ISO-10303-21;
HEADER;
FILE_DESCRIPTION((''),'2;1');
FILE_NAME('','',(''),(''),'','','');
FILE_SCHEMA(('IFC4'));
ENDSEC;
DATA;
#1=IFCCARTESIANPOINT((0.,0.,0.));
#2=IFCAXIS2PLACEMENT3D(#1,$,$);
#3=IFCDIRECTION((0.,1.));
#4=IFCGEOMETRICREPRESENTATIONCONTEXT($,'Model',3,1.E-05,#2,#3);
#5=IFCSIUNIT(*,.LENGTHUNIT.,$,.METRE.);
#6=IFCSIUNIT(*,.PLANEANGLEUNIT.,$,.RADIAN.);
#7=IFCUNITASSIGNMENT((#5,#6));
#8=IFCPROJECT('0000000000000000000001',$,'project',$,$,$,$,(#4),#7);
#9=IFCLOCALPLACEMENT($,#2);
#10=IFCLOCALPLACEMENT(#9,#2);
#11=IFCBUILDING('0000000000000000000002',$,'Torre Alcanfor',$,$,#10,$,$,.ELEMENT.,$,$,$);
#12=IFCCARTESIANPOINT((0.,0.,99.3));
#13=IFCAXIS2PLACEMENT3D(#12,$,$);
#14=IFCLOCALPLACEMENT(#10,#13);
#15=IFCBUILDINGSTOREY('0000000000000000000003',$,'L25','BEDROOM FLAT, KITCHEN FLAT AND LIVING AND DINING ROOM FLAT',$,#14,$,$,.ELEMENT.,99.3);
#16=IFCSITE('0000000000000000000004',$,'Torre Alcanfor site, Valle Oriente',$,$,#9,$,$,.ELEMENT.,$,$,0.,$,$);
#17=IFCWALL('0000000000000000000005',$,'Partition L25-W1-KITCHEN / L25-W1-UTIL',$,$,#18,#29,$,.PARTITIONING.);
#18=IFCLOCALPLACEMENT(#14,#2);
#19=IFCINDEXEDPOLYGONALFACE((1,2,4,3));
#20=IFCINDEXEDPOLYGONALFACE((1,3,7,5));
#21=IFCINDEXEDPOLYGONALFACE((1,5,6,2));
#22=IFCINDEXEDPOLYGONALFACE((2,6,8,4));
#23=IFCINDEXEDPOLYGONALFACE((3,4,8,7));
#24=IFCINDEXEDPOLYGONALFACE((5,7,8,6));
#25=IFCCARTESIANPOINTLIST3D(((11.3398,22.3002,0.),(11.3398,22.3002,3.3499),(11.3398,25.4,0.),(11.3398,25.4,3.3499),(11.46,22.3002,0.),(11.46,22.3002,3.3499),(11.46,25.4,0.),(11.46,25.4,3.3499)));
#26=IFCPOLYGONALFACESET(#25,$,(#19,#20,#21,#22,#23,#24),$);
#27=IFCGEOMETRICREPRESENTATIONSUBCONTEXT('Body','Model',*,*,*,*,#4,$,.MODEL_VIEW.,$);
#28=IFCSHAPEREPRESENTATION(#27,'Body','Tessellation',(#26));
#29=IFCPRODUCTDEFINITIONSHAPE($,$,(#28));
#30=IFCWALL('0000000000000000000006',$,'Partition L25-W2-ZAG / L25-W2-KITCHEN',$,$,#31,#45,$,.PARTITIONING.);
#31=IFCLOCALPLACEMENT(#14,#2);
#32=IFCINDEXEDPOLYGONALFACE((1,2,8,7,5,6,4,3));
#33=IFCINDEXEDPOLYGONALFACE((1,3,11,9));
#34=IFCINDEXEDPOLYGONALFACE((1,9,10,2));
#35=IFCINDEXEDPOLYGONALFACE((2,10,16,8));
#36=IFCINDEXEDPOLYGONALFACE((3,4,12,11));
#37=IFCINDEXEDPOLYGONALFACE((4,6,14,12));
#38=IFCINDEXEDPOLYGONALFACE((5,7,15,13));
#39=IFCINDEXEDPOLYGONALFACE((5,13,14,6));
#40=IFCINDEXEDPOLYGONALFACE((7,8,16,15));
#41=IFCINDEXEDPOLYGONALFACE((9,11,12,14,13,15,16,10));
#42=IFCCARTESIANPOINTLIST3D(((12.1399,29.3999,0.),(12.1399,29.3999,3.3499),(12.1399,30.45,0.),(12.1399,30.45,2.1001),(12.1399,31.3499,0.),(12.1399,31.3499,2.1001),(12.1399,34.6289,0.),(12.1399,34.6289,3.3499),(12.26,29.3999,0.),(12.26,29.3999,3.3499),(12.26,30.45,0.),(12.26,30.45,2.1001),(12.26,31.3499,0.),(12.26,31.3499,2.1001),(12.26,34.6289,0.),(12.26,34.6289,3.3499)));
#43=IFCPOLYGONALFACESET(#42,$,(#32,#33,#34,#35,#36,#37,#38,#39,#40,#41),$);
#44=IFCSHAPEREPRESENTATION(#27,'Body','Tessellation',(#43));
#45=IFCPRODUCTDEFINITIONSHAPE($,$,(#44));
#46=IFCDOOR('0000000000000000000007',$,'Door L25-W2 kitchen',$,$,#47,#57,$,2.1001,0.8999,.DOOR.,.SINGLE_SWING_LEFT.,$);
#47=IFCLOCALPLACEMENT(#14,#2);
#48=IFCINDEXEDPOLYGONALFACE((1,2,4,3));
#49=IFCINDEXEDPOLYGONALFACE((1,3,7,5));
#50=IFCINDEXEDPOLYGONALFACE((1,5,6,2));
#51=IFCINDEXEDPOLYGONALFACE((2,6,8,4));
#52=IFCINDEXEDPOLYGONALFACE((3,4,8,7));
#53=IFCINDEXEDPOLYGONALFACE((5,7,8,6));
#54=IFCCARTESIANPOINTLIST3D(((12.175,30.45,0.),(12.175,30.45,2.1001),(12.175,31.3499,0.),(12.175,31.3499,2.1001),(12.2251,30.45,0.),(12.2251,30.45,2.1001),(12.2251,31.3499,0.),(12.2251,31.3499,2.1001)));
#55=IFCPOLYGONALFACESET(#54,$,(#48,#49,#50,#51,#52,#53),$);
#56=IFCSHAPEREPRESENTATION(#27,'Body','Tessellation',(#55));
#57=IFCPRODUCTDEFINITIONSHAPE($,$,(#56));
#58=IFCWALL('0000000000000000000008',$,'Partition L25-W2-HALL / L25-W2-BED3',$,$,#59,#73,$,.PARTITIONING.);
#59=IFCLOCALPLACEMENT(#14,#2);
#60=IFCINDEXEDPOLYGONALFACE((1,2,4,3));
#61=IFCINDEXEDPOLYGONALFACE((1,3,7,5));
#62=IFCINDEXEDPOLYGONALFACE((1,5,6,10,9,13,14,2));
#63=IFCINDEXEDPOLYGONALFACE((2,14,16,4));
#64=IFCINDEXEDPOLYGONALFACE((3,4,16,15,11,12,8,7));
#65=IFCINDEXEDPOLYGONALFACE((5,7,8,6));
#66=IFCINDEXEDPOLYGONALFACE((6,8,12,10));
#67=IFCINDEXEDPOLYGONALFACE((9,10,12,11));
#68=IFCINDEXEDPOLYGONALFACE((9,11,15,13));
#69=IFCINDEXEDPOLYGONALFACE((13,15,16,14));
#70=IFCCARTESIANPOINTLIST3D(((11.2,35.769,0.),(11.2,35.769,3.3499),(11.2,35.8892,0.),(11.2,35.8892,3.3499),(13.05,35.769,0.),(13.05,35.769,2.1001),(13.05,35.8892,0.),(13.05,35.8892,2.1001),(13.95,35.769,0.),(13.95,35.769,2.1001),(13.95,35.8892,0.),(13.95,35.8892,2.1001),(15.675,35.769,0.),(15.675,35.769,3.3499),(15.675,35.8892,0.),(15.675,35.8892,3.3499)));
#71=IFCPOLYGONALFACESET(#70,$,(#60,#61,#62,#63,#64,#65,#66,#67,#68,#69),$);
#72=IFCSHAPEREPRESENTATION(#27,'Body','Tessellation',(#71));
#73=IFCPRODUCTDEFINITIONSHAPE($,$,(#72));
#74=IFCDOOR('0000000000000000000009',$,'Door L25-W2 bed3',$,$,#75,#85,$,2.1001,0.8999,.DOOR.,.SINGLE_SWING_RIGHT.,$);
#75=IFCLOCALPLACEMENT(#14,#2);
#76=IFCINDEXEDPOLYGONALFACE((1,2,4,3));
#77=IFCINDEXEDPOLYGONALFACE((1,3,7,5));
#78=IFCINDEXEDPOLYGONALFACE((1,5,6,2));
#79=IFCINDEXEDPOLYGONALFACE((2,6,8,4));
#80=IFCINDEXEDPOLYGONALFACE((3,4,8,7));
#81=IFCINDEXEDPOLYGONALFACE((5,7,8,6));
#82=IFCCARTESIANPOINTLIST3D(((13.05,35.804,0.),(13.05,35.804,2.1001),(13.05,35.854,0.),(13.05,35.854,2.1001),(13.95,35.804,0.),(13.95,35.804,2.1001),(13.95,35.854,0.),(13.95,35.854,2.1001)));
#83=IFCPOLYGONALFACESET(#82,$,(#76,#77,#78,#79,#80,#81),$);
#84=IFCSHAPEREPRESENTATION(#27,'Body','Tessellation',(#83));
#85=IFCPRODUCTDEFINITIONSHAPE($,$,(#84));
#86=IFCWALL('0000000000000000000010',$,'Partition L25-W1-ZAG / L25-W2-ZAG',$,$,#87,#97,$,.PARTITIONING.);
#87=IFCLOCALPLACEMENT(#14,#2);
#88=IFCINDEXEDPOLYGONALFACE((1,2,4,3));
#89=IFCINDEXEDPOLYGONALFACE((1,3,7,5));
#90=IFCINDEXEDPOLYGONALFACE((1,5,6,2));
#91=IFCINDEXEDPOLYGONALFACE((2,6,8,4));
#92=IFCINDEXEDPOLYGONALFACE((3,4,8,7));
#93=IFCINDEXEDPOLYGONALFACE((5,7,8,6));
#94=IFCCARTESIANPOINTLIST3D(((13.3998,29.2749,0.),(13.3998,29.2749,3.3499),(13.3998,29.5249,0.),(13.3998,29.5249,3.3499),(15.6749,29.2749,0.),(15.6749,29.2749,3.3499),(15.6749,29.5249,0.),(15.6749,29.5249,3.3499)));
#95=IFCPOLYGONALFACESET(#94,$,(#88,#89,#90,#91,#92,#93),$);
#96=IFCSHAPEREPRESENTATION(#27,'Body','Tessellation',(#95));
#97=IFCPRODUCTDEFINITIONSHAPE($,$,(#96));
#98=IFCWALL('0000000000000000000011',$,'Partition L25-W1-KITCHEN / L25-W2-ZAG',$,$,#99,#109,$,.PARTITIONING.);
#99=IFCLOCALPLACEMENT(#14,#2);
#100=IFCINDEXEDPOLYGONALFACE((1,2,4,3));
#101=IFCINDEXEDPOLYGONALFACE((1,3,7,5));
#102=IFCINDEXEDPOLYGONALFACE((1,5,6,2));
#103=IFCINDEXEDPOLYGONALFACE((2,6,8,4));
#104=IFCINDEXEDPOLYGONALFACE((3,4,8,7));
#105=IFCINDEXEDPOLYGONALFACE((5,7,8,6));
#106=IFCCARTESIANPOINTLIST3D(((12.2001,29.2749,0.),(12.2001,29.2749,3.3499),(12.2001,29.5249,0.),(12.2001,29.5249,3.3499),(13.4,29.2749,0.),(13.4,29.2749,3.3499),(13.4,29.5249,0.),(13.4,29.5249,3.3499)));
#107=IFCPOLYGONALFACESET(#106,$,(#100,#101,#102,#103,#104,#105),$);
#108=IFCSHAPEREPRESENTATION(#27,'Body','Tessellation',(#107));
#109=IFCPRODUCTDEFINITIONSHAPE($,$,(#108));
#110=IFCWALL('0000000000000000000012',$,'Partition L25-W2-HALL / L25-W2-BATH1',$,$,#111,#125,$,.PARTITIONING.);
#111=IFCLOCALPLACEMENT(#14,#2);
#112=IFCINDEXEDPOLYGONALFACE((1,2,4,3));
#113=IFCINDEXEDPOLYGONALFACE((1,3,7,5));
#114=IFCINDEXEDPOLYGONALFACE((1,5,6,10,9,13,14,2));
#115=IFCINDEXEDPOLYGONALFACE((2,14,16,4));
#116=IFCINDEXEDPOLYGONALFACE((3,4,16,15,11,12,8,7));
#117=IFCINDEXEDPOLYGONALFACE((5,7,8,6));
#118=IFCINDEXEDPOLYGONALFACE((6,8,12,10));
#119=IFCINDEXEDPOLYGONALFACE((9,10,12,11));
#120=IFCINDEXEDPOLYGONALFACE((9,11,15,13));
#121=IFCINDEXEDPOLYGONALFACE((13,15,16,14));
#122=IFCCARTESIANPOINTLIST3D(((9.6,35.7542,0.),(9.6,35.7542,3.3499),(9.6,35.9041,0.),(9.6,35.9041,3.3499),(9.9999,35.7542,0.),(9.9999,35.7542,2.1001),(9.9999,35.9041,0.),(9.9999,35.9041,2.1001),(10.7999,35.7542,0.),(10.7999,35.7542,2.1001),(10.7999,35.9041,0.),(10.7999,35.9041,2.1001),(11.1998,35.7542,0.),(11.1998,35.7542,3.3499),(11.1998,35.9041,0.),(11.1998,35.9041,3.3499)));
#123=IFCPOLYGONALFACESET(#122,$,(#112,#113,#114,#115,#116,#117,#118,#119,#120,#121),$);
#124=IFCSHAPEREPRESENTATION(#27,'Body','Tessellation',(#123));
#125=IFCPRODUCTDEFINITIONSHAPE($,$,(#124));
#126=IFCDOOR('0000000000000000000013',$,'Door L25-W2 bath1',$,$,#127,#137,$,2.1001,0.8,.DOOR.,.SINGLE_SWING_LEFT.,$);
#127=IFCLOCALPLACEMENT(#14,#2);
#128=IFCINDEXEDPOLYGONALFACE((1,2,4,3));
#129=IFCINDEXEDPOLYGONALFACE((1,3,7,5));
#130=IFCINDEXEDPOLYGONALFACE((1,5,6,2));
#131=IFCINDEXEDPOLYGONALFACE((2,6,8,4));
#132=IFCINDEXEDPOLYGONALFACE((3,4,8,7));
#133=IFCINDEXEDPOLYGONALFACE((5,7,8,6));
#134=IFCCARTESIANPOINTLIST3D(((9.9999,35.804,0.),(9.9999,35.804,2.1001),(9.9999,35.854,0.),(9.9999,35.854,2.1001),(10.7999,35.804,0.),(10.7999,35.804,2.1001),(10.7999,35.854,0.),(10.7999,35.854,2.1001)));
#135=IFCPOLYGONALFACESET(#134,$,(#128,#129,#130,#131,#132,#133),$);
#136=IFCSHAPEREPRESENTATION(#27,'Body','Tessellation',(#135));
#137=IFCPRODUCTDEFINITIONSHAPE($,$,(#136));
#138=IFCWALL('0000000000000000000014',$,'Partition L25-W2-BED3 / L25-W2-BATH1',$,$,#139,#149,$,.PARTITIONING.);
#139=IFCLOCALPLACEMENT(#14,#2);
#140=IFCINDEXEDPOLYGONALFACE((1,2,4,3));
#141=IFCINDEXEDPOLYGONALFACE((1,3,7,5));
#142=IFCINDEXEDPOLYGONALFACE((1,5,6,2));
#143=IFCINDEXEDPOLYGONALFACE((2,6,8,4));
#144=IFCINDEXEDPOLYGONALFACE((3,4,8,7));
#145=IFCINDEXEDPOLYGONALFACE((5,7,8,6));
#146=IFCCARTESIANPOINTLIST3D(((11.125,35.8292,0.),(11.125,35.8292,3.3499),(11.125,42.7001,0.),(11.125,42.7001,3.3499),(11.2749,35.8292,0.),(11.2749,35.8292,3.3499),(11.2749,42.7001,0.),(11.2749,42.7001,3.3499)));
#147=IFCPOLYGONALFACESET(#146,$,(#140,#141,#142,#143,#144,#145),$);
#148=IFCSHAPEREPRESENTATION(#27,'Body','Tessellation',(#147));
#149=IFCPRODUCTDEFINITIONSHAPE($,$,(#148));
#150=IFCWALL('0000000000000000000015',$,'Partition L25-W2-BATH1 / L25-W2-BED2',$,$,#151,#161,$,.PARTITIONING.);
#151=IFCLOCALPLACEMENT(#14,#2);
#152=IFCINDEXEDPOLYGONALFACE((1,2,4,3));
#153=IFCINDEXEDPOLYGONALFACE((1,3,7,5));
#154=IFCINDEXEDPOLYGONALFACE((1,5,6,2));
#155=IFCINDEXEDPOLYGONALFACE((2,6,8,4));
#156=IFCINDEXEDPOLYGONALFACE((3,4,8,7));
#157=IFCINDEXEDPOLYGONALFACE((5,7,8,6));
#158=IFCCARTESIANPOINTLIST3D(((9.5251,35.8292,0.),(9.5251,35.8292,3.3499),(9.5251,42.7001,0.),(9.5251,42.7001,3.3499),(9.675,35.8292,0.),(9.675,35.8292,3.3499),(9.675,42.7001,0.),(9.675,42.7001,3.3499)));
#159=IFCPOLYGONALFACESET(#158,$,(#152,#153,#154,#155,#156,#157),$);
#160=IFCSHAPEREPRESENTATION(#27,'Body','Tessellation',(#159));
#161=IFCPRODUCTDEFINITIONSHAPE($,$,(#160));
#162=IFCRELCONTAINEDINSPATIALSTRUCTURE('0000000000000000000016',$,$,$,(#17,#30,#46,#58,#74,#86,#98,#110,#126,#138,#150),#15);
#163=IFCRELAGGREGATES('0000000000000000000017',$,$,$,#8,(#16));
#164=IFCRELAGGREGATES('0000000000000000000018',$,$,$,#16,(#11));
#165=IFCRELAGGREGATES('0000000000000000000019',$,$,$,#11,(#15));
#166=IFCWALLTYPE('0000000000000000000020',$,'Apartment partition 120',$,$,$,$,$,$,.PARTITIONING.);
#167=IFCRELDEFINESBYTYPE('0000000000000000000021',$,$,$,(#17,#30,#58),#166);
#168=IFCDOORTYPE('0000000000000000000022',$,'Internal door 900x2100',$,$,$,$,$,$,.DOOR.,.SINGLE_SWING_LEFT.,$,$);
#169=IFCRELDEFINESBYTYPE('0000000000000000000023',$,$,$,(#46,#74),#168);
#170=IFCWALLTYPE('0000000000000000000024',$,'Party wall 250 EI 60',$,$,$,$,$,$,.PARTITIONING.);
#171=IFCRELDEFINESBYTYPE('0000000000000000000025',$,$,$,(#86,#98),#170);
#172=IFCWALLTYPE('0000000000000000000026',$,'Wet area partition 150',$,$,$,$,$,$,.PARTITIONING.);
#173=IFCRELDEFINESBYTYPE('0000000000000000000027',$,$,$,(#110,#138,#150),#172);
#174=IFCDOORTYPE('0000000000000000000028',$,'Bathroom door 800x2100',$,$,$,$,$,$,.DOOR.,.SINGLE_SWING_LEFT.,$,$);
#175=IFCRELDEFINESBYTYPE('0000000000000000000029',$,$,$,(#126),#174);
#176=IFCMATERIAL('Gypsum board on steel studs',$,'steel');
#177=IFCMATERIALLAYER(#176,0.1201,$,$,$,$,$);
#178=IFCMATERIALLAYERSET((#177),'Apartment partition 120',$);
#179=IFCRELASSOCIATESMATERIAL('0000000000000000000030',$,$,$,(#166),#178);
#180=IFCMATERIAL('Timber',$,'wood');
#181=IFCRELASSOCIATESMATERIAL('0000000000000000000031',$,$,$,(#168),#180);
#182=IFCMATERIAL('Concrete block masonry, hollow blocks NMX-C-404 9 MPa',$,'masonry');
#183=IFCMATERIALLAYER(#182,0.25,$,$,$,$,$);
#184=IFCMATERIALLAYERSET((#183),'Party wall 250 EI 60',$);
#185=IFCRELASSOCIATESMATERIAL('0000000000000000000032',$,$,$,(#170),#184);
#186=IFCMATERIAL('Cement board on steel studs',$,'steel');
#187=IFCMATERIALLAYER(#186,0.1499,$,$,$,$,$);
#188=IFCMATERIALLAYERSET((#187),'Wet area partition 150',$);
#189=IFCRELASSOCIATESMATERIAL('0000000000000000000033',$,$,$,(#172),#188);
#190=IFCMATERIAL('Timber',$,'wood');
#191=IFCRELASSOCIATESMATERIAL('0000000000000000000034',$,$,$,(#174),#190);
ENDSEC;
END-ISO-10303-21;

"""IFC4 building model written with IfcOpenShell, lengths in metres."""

from ifc_helpers import new_model, si_unit, direction, frame, frame_2d, origin, place, context, subcontext, project, spatial, rectangle, extrude, material, layer, layer_set, type_object, element, fill, save


model = new_model("IFC4")

# Units and contexts
model_context = context("Model", 3, precision=1e-05, world=origin(), true_north=direction((0.0, 1.0)))
body_context = subcontext(model_context, "Body", "Model", "MODEL_VIEW")
ifc_project = project(units=[si_unit("LENGTHUNIT", "METRE"), si_unit("PLANEANGLEUNIT", "RADIAN")], contexts=[model_context])

# Site, building, storey
site_placement = place(None, origin())
site = spatial("IfcSite", under=ifc_project, at=site_placement, Name="Torre Alcanfor site, Valle Oriente", CompositionType="ELEMENT", RefElevation=0.0)
building_placement = place(site_placement, origin())
building = spatial("IfcBuilding", under=site, at=building_placement, Name="Torre Alcanfor", CompositionType="ELEMENT")
storey_placement = place(building_placement, frame((0.0, 0.0, 99.3)))
storey = spatial("IfcBuildingStorey", under=building, at=storey_placement, Name="L25", Description="BEDROOM FLAT, KITCHEN FLAT AND LIVING AND DINING ROOM FLAT", CompositionType="ELEMENT", Elevation=99.3)

# Shared definitions
ifc_material_1 = material(Name="Gypsum board on steel studs", Category="steel")
ifc_layer_1 = layer(ifc_material_1, 0.1201)
ifc_layer_set_1 = layer_set([ifc_layer_1], Name="Apartment partition 120")
wall_type_1 = type_object("IfcWallType", Name="Apartment partition 120", PredefinedType="PARTITIONING", material=ifc_layer_set_1)
ifc_material_2 = material(Name="Timber", Category="wood")
door_type_1 = type_object("IfcDoorType", Name="Internal door 900x2100", OperationType="SINGLE_SWING_LEFT", PredefinedType="DOOR", material=ifc_material_2)

# Wall
wall_1_placement = place(storey_placement, frame((11.3999, 25.3999, 0.0), z_axis=(0.0, 0.0, 1.0), x_axis=(0.0, -1.0, 0.0)))
element("IfcWall", 1, at=wall_1_placement, inside=storey, type_object=wall_type_1, Name="Partition L25-W1-KITCHEN / L25-W1-UTIL", PredefinedType="PARTITIONING", context=body_context, shape_type="SweptSolid", body=[
    extrude(rectangle(XDim=3.0999, YDim=0.1201, at=frame_2d((1.5498, 0.0))), origin(), (0.0, 0.0, 1.0), 3.3499),
])

# Walls, openings, doors
wall_2_placement = place(storey_placement, frame((12.2, 29.3999, 0.0), z_axis=(0.0, 0.0, 1.0), x_axis=(0.0, 1.0, 0.0)))
wall_2 = element("IfcWall", 2, at=wall_2_placement, inside=storey, type_object=wall_type_1, Name="Partition L25-W2-ZAG / L25-W2-KITCHEN", PredefinedType="PARTITIONING", context=body_context, shape_type="SweptSolid", body=[
    extrude(rectangle(XDim=5.229, YDim=0.1201, at=frame_2d((2.6145, 0.0))), origin(), (0.0, 0.0, 1.0), 3.3499),
])
opening_1_placement = place(wall_2_placement, frame((1.05, 0.0, 0.0)))
opening_1 = element("IfcOpeningElement", 3, at=opening_1_placement, cuts=wall_2, PredefinedType="OPENING", context=body_context, shape_type="SweptSolid", body=[
    extrude(rectangle(XDim=0.8999, YDim=2.1001, at=frame_2d((0.45, 1.05))), frame((0.0, 0.0701, 0.0), z_axis=(0.0, -1.0, 0.0), x_axis=(1.0, 0.0, 0.0)), (0.0, 0.0, 1.0), 0.1401),
])
door_1_placement = place(opening_1_placement, origin())
door_1 = element("IfcDoor", 4, at=door_1_placement, inside=storey, type_object=door_type_1, Name="Door L25-W2 kitchen", OperationType="SINGLE_SWING_LEFT", OverallHeight=2.1001, OverallWidth=0.8999, PredefinedType="DOOR", context=body_context, shape_type="SweptSolid", body=[
    extrude(rectangle(XDim=0.8999, YDim=2.1001, at=frame_2d((0.45, 1.05))), frame((0.0, 0.0249, 0.0), z_axis=(0.0, -1.0, 0.0), x_axis=(1.0, 0.0, 0.0)), (0.0, 0.0, 1.0), 0.05),
])
fill(opening_1, door_1)
wall_3_placement = place(storey_placement, frame((11.2, 35.8291, 0.0), z_axis=(0.0, 0.0, 1.0), x_axis=(1.0, 0.0, 0.0)))
wall_3 = element("IfcWall", 5, at=wall_3_placement, inside=storey, type_object=wall_type_1, Name="Partition L25-W2-HALL / L25-W2-BED3", PredefinedType="PARTITIONING", context=body_context, shape_type="SweptSolid", body=[
    extrude(rectangle(XDim=4.4751, YDim=0.1201, at=frame_2d((2.2375, 0.0))), origin(), (0.0, 0.0, 1.0), 3.3499),
])
opening_2_placement = place(wall_3_placement, frame((1.8501, 0.0, 0.0)))
opening_2 = element("IfcOpeningElement", 6, at=opening_2_placement, cuts=wall_3, PredefinedType="OPENING", context=body_context, shape_type="SweptSolid", body=[
    extrude(rectangle(XDim=0.8999, YDim=2.1001, at=frame_2d((0.45, 1.05))), frame((0.0, 0.0701, 0.0), z_axis=(0.0, -1.0, 0.0), x_axis=(1.0, 0.0, 0.0)), (0.0, 0.0, 1.0), 0.1401),
])
door_2_placement = place(opening_2_placement, origin())
door_2 = element("IfcDoor", 7, at=door_2_placement, inside=storey, type_object=door_type_1, Name="Door L25-W2 bed3", OperationType="SINGLE_SWING_RIGHT", OverallHeight=2.1001, OverallWidth=0.8999, PredefinedType="DOOR", context=body_context, shape_type="SweptSolid", body=[
    extrude(rectangle(XDim=0.8999, YDim=2.1001, at=frame_2d((0.45, 1.05))), frame((0.0, 0.0249, 0.0), z_axis=(0.0, -1.0, 0.0), x_axis=(1.0, 0.0, 0.0)), (0.0, 0.0, 1.0), 0.05),
])
fill(opening_2, door_2)

# Walls
ifc_material_3 = material(Name="Concrete block masonry, hollow blocks NMX-C-404 9 MPa", Category="masonry")
ifc_layer_2 = layer(ifc_material_3, 0.25)
ifc_layer_set_2 = layer_set([ifc_layer_2], Name="Party wall 250 EI 60")
wall_type_2 = type_object("IfcWallType", Name="Party wall 250 EI 60", PredefinedType="PARTITIONING", material=ifc_layer_set_2)
wall_4_placement = place(storey_placement, frame((15.675, 29.3999, 0.0), z_axis=(0.0, 0.0, 1.0), x_axis=(-1.0, 0.0, 0.0)))
element("IfcWall", 8, at=wall_4_placement, inside=storey, type_object=wall_type_2, Name="Partition L25-W1-ZAG / L25-W2-ZAG", PredefinedType="PARTITIONING", context=body_context, shape_type="SweptSolid", body=[
    extrude(rectangle(XDim=2.2751, YDim=0.25, at=frame_2d((1.1377, 0.0))), origin(), (0.0, 0.0, 1.0), 3.3499),
])
wall_5_placement = place(storey_placement, frame((12.2, 29.3999, 0.0), z_axis=(0.0, 0.0, 1.0), x_axis=(1.0, 0.0, 0.0)))
element("IfcWall", 9, at=wall_5_placement, inside=storey, type_object=wall_type_2, Name="Partition L25-W1-KITCHEN / L25-W2-ZAG", PredefinedType="PARTITIONING", context=body_context, shape_type="SweptSolid", body=[
    extrude(rectangle(XDim=1.2, YDim=0.25, at=frame_2d((0.6001, 0.0))), origin(), (0.0, 0.0, 1.0), 3.3499),
])

# Wall, opening, door
ifc_material_4 = material(Name="Cement board on steel studs", Category="steel")
ifc_layer_3 = layer(ifc_material_4, 0.1499)
ifc_layer_set_3 = layer_set([ifc_layer_3], Name="Wet area partition 150")
wall_type_3 = type_object("IfcWallType", Name="Wet area partition 150", PredefinedType="PARTITIONING", material=ifc_layer_set_3)
wall_6_placement = place(storey_placement, frame((9.6001, 35.8291, 0.0), z_axis=(0.0, 0.0, 1.0), x_axis=(1.0, 0.0, 0.0)))
wall_6 = element("IfcWall", 10, at=wall_6_placement, inside=storey, type_object=wall_type_3, Name="Partition L25-W2-HALL / L25-W2-BATH1", PredefinedType="PARTITIONING", context=body_context, shape_type="SweptSolid", body=[
    extrude(rectangle(XDim=1.5999, YDim=0.1499, at=frame_2d((0.7998, 0.0))), origin(), (0.0, 0.0, 1.0), 3.3499),
])
opening_3_placement = place(wall_6_placement, frame((0.3999, 0.0, 0.0)))
opening_3 = element("IfcOpeningElement", 11, at=opening_3_placement, cuts=wall_6, PredefinedType="OPENING", context=body_context, shape_type="SweptSolid", body=[
    extrude(rectangle(XDim=0.8, YDim=2.1001, at=frame_2d((0.3999, 1.05))), frame((0.0, 0.085, 0.0), z_axis=(0.0, -1.0, 0.0), x_axis=(1.0, 0.0, 0.0)), (0.0, 0.0, 1.0), 0.1699),
])
ifc_material_5 = material(Name="Timber", Category="wood")
door_type_2 = type_object("IfcDoorType", Name="Bathroom door 800x2100", OperationType="SINGLE_SWING_LEFT", PredefinedType="DOOR", material=ifc_material_5)
door_3_placement = place(opening_3_placement, origin())
door_3 = element("IfcDoor", 12, at=door_3_placement, inside=storey, type_object=door_type_2, Name="Door L25-W2 bath1", OperationType="SINGLE_SWING_LEFT", OverallHeight=2.1001, OverallWidth=0.8, PredefinedType="DOOR", context=body_context, shape_type="SweptSolid", body=[
    extrude(rectangle(XDim=0.8, YDim=2.1001, at=frame_2d((0.3999, 1.05))), frame((0.0, 0.0249, 0.0), z_axis=(0.0, -1.0, 0.0), x_axis=(1.0, 0.0, 0.0)), (0.0, 0.0, 1.0), 0.05),
])
fill(opening_3, door_3)

# Walls
for number, where, z_axis, x_axis, name in (
    (13, (11.2, 35.8291, 0.0), (0.0, 0.0, 1.0), (0.0, 1.0, 0.0), "Partition L25-W2-BED3 / L25-W2-BATH1"),
    (14, (9.6001, 35.8291, 0.0), (0.0, 0.0, 1.0), (0.0, 1.0, 0.0), "Partition L25-W2-BATH1 / L25-W2-BED2"),
):
    element("IfcWall", number, at=place(storey_placement, frame(where, z_axis=z_axis, x_axis=x_axis)), inside=storey, type_object=wall_type_3, Name=name, PredefinedType="PARTITIONING", context=body_context, shape_type="SweptSolid", body=[
        extrude(rectangle(XDim=6.8708, YDim=0.1499, at=frame_2d((3.4355, 0.0))), origin(), (0.0, 0.0, 1.0), 3.3499),
    ])

save(model, "model.ifc")
